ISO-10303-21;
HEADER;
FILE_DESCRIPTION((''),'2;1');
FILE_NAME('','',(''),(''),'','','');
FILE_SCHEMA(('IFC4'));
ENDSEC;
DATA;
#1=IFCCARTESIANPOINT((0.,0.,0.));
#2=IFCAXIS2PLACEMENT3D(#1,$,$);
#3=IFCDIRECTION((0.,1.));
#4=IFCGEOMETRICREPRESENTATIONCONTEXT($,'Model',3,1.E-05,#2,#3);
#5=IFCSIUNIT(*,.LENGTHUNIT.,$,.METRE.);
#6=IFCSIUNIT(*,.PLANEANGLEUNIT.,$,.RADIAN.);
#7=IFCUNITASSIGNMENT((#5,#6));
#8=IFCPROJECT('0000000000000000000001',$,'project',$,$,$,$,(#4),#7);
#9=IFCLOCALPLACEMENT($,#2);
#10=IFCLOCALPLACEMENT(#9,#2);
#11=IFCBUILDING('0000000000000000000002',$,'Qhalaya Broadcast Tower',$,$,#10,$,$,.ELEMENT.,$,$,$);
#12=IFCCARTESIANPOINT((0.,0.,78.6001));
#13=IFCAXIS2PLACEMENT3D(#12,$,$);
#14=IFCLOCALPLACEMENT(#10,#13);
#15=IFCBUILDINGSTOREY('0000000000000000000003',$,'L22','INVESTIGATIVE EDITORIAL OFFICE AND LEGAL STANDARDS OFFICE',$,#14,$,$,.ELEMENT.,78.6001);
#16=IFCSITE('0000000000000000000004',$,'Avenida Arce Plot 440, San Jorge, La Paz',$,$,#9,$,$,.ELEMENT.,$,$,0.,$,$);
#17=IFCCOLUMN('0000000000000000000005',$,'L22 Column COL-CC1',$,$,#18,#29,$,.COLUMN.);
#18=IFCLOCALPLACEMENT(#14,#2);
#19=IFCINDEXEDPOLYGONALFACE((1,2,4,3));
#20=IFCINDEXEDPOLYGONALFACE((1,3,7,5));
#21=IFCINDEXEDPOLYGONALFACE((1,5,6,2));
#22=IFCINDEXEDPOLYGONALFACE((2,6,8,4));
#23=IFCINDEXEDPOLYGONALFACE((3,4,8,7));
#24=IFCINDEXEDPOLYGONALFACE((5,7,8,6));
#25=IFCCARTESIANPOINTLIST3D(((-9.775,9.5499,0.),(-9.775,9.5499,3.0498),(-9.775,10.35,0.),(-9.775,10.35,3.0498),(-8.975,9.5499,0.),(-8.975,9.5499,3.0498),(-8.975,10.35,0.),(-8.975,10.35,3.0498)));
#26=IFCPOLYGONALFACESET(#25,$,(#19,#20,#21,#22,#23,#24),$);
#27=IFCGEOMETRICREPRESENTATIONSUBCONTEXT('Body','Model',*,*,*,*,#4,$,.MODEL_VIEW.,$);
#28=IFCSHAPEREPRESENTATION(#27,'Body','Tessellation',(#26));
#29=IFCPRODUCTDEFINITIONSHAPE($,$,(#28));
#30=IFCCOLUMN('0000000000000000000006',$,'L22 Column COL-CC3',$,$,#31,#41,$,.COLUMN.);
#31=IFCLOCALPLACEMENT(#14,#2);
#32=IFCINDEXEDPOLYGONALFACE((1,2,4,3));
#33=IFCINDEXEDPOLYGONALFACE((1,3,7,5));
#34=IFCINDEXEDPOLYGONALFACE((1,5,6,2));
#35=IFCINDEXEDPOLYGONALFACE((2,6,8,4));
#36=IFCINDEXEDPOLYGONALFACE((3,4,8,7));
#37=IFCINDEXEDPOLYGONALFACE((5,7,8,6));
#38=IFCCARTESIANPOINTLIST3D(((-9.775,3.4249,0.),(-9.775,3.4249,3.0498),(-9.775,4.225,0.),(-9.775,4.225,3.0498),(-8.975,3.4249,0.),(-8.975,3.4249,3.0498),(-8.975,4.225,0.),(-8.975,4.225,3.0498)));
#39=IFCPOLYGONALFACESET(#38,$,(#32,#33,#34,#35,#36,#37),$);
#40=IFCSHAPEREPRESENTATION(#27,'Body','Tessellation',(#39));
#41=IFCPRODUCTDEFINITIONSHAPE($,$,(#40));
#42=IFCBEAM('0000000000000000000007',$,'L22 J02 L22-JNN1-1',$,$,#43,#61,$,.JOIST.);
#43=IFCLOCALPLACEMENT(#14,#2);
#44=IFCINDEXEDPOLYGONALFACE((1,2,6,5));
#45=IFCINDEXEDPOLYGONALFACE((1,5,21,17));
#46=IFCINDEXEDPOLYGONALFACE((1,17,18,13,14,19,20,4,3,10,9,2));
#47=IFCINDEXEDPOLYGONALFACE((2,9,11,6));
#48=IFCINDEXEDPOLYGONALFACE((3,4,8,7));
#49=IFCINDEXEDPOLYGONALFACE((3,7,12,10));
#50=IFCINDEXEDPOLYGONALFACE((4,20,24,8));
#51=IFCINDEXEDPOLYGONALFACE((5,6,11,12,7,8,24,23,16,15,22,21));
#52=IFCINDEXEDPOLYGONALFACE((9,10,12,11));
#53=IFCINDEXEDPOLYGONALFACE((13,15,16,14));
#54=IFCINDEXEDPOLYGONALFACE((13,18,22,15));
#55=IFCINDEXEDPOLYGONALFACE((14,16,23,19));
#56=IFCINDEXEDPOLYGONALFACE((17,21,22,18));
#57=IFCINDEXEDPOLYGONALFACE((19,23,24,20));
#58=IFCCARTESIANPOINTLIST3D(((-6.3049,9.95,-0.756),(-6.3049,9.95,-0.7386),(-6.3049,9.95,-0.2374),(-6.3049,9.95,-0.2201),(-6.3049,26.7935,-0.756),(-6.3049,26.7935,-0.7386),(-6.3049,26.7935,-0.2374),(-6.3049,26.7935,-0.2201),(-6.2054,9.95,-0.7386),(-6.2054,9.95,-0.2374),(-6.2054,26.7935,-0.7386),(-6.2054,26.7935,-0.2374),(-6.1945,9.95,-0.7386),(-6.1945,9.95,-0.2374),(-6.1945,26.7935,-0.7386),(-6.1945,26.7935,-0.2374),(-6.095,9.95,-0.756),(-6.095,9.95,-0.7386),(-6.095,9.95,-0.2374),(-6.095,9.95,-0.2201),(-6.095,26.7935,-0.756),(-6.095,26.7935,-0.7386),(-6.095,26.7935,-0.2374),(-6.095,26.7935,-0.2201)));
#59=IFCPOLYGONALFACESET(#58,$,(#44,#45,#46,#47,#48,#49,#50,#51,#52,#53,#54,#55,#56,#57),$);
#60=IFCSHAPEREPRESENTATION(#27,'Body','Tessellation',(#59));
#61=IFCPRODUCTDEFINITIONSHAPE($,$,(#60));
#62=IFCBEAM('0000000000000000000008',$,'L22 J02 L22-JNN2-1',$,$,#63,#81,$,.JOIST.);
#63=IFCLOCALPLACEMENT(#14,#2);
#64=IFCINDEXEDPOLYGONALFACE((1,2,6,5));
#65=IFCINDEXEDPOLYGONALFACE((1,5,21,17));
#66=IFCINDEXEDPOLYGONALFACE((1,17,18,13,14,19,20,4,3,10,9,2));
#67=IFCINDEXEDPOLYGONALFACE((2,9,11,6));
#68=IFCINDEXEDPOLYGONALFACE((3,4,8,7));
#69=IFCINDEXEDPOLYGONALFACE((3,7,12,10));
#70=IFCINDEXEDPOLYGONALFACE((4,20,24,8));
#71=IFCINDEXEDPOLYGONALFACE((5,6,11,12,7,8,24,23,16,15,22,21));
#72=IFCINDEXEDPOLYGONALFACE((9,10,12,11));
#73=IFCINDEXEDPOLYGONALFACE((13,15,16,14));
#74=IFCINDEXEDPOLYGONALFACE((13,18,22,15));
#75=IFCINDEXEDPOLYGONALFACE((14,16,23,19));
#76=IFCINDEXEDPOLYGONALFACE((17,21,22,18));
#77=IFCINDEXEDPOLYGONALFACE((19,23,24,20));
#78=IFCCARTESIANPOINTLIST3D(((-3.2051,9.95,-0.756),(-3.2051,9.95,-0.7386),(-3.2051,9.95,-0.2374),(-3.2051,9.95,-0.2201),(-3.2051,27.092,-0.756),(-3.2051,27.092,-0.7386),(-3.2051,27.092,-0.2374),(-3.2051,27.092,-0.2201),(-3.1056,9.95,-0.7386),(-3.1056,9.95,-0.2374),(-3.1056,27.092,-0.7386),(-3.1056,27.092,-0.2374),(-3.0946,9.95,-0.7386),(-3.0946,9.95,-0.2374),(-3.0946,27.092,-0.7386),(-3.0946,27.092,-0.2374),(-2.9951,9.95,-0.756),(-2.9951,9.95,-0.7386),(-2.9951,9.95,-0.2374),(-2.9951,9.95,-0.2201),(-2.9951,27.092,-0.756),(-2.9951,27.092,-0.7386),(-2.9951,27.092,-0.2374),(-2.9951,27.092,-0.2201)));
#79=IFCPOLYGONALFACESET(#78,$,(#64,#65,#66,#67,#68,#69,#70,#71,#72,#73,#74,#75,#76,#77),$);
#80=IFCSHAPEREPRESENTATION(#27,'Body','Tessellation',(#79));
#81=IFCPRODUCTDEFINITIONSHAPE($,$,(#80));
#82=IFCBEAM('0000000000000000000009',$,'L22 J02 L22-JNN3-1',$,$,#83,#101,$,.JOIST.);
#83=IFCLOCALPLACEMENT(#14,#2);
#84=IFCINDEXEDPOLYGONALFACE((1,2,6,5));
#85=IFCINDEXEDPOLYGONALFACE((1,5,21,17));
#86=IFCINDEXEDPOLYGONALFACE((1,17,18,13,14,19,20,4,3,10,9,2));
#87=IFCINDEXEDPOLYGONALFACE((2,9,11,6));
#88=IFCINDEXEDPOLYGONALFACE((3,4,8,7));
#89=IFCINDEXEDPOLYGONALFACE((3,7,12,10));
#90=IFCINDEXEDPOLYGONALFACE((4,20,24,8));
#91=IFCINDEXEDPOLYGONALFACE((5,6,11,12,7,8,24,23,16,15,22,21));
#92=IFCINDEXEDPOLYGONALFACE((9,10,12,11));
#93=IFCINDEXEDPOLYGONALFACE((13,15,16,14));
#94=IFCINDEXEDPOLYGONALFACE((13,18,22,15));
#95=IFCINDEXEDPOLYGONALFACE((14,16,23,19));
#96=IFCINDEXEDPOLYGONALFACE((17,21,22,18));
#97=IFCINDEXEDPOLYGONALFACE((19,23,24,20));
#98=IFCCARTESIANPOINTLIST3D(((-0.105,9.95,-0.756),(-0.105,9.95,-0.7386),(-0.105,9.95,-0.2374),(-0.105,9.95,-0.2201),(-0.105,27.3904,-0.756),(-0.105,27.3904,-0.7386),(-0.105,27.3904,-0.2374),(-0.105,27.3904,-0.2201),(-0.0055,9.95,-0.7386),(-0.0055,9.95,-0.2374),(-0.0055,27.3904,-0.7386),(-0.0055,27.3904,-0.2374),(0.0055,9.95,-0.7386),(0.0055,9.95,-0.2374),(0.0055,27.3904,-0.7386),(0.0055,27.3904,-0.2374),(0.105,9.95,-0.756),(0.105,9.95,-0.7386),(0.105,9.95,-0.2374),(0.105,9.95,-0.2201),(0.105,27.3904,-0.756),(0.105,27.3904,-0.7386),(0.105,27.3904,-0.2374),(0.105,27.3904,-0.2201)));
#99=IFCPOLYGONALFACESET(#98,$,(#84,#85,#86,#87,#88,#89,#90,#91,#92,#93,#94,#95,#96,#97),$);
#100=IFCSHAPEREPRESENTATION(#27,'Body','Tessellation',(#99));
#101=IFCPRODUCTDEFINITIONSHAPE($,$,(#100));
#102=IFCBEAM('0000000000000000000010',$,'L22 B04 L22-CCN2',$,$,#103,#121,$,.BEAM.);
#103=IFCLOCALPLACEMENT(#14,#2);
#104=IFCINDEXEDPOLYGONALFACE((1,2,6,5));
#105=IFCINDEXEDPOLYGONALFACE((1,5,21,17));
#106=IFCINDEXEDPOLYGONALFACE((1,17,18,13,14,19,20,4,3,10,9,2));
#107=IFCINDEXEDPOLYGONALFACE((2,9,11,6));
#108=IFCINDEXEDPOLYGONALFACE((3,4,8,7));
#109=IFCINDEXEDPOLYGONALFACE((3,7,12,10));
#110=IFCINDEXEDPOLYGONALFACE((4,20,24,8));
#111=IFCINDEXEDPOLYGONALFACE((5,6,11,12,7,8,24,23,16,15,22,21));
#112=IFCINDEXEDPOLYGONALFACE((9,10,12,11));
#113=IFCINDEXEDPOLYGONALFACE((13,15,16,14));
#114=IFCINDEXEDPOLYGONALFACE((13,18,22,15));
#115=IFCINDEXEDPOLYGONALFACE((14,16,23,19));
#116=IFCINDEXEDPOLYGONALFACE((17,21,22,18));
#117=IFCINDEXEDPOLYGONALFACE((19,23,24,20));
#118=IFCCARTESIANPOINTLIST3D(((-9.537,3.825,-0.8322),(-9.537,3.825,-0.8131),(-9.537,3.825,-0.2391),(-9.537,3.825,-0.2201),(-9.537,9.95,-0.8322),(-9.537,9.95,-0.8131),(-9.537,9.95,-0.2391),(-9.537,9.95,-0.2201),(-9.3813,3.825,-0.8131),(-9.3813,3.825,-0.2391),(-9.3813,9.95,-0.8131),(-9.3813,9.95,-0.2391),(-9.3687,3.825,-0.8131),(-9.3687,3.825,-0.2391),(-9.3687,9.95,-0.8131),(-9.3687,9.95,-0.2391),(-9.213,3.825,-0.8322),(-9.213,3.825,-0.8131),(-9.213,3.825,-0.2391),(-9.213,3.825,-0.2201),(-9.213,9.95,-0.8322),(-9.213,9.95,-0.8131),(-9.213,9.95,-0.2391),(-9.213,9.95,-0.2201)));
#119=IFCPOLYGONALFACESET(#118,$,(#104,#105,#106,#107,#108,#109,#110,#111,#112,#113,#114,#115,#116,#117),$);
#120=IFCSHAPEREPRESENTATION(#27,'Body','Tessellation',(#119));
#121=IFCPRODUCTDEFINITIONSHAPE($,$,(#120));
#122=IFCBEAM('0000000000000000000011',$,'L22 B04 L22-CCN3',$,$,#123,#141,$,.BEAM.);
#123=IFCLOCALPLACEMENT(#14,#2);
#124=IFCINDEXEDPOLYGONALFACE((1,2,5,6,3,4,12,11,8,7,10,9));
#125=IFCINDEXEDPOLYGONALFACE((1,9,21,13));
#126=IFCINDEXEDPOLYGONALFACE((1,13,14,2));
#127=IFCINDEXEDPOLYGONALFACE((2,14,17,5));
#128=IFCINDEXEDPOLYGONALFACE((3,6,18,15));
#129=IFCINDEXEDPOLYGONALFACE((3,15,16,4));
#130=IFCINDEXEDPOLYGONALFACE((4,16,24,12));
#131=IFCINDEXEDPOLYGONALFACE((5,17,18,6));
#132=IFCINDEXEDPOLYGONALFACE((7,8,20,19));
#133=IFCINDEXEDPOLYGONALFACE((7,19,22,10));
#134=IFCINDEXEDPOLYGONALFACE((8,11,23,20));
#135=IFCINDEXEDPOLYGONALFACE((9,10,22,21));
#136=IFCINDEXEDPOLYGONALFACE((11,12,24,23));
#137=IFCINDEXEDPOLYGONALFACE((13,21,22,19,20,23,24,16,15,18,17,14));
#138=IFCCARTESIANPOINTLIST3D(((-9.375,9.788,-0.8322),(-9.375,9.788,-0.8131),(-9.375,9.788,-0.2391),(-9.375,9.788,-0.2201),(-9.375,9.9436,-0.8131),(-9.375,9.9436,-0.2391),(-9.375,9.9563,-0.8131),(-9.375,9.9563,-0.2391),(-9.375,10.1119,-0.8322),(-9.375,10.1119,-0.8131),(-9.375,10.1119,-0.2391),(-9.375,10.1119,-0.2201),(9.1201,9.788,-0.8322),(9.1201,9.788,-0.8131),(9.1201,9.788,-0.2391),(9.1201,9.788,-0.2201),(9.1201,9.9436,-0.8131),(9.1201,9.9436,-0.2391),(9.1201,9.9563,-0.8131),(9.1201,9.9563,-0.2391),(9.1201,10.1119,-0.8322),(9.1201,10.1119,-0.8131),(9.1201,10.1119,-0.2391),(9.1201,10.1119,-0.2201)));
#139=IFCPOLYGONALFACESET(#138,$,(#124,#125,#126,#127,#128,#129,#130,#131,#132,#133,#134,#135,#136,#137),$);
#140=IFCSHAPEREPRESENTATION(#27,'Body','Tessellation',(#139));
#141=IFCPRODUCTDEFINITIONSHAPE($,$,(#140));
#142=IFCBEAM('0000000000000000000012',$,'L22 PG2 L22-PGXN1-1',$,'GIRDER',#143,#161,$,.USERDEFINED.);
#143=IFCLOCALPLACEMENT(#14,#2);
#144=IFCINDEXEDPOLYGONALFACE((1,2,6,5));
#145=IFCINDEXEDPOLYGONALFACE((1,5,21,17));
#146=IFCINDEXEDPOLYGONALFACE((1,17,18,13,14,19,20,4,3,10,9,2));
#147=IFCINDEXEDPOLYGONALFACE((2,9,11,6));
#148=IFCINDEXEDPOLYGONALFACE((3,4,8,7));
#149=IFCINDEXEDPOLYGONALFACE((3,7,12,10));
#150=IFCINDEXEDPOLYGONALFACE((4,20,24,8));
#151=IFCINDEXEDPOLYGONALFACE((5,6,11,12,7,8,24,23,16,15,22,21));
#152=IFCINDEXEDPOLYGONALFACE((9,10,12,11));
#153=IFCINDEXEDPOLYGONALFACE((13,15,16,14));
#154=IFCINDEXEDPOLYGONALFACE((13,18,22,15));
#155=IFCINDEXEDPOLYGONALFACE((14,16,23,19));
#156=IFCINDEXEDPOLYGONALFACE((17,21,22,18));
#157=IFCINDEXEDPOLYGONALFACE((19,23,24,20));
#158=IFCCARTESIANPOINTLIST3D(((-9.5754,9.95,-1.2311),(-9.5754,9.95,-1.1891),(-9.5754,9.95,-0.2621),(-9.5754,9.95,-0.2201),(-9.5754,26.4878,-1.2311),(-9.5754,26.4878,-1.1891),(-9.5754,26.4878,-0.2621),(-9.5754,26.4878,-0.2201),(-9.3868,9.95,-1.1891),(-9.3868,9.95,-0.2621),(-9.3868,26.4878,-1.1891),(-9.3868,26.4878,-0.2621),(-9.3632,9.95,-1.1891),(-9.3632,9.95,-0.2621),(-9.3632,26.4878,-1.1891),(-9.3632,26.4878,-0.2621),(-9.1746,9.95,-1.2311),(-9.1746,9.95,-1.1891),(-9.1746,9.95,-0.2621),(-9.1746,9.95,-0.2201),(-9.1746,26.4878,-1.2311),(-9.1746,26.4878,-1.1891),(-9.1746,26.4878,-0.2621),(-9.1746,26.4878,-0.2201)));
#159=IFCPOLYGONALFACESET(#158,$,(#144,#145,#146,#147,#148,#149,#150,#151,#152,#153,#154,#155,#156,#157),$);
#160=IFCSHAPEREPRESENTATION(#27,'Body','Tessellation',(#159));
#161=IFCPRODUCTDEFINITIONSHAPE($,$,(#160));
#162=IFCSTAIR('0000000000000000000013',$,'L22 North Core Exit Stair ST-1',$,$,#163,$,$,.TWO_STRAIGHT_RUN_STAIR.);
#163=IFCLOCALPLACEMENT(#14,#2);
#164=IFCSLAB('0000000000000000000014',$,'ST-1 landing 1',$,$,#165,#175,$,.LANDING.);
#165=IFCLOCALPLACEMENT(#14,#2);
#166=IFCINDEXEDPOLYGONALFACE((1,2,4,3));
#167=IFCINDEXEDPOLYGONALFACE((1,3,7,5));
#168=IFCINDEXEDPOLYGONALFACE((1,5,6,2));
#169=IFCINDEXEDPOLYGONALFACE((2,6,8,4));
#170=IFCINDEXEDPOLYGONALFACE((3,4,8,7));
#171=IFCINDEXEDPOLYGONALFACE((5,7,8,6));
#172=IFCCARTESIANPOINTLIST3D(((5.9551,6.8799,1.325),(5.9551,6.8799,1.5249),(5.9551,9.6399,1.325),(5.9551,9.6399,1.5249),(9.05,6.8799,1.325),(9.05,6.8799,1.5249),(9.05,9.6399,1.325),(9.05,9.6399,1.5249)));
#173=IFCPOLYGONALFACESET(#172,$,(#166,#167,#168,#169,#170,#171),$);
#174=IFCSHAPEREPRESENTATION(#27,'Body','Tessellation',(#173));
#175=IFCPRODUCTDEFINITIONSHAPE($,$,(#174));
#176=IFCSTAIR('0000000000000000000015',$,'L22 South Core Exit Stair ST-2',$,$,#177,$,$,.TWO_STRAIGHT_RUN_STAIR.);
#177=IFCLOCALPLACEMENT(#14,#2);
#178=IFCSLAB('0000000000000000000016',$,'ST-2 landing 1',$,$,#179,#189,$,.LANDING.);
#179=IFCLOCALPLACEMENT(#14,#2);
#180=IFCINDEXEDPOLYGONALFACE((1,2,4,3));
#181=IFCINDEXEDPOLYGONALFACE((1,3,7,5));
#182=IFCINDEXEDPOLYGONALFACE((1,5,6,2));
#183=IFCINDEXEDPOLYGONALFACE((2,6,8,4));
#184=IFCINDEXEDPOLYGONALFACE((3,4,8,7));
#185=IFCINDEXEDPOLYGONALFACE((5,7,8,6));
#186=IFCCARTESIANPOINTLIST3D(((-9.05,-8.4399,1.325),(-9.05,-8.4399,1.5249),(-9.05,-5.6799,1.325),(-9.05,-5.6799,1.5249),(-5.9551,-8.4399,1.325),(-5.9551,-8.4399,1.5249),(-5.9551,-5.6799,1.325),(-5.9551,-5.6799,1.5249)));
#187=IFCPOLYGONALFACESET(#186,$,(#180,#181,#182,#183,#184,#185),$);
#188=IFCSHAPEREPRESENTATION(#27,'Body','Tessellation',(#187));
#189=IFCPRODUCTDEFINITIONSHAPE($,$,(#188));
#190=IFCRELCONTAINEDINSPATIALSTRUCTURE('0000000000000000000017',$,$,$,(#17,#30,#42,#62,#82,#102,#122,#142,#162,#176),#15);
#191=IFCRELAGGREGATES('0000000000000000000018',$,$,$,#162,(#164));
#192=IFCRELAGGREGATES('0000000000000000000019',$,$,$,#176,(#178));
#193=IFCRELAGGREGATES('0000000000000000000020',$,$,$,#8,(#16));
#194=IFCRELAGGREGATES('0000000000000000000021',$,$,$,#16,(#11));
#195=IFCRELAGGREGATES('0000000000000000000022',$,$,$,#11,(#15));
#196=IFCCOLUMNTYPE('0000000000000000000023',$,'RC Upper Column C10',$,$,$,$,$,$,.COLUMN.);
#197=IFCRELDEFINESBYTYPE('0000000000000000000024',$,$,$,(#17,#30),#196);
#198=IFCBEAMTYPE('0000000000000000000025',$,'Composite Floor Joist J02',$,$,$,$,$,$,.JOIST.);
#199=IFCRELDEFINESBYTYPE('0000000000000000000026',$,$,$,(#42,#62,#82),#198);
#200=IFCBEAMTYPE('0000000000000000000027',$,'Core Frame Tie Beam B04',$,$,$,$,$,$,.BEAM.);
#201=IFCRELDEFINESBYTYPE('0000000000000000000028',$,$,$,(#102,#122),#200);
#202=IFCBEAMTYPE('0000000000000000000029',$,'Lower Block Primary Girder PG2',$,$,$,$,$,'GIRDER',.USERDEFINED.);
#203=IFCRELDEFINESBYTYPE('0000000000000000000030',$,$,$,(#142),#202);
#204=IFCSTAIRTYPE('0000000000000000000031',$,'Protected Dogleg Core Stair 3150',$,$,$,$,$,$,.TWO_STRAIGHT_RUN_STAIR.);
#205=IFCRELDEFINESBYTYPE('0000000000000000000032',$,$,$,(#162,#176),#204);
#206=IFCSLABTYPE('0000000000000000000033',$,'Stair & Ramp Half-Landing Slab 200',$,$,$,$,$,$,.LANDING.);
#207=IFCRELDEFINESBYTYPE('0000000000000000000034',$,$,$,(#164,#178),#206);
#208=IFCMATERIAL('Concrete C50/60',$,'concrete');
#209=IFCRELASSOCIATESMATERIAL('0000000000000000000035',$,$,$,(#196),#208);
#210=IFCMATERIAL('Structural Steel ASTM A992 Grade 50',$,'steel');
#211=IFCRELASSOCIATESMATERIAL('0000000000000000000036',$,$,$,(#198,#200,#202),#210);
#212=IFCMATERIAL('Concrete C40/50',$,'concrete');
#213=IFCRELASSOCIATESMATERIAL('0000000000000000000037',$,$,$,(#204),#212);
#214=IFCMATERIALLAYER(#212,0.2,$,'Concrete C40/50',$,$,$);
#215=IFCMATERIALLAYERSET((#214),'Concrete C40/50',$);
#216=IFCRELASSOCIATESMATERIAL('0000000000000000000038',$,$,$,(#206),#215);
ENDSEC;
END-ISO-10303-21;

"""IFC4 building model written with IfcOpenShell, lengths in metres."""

from ifc_helpers import new_model, si_unit, direction, frame, origin, origin_2d, place, context, subcontext, project, spatial, polyline, rectangle, i_section, outline, extrude, material, layer, layer_set, material_profile, profile_set, type_object, element, aggregate, save


model = new_model("IFC4")

# Units and contexts
model_context = context("Model", 3, precision=1e-05, world=origin(), true_north=direction((0.0, 1.0)))
body_context = subcontext(model_context, "Body", "Model", "MODEL_VIEW")
ifc_project = project(units=[si_unit("LENGTHUNIT", "METRE"), si_unit("PLANEANGLEUNIT", "RADIAN")], contexts=[model_context])

# Site, building, storey
site_placement = place(None, origin())
site = spatial("IfcSite", under=ifc_project, at=site_placement, Name="Avenida Arce Plot 440, San Jorge, La Paz", CompositionType="ELEMENT", RefElevation=0.0)
building_placement = place(site_placement, origin())
building = spatial("IfcBuilding", under=site, at=building_placement, Name="Qhalaya Broadcast Tower", CompositionType="ELEMENT")
storey_placement = place(building_placement, frame((0.0, 0.0, 78.6001)))
storey = spatial("IfcBuildingStorey", under=building, at=storey_placement, Name="L22", Description="INVESTIGATIVE EDITORIAL OFFICE AND LEGAL STANDARDS OFFICE", CompositionType="ELEMENT", Elevation=78.6001)

# Columns
ifc_material_1 = material(Name="Concrete C50/60", Category="concrete")
ifc_material_profile_1 = material_profile(ifc_material_1, rectangle(XDim=0.8, YDim=0.8, at=origin_2d()), Name="RC-COL 800x800")
ifc_profile_set_1 = profile_set([ifc_material_profile_1], Name="Concrete C50/60")
column_type = type_object("IfcColumnType", Name="RC Upper Column C10", PredefinedType="COLUMN", material=ifc_profile_set_1)
for number, where, z_axis, x_axis, name in (
    (1, (-9.375, 9.95, 0.0), (0.0, 0.0, 1.0), (1.0, 0.0, 0.0), "L22 Column COL-CC1"),
    (2, (-9.375, 3.825, 0.0), (0.0, 0.0, 1.0), (1.0, 0.0, 0.0), "L22 Column COL-CC3"),
):
    element("IfcColumn", number, at=place(storey_placement, frame(where, z_axis=z_axis, x_axis=x_axis)), inside=storey, type_object=column_type, Name=name, PredefinedType="COLUMN", context=body_context, shape_type="SweptSolid", body=[
        extrude(rectangle(XDim=0.8, YDim=0.8, at=origin_2d()), origin(), (0.0, 0.0, 1.0), 3.0498),
    ])

# Beams
ifc_material_2 = material(Name="Structural Steel ASTM A992 Grade 50", Category="steel")
ifc_material_profile_2 = material_profile(ifc_material_2, i_section(OverallWidth=0.21, OverallDepth=0.5359, WebThickness=0.011, FlangeThickness=0.0173, at=origin_2d()), Name="W21X68")
ifc_profile_set_2 = profile_set([ifc_material_profile_2], Name="Structural Steel ASTM A992 Grade 50")
beam_type_1 = type_object("IfcBeamType", Name="Composite Floor Joist J02", PredefinedType="JOIST", material=ifc_profile_set_2)
beam_1_placement = place(storey_placement, frame((-6.2, 9.95, -0.488), z_axis=(0.0, 1.0, 0.0), x_axis=(-1.0, 0.0, 0.0)))
element("IfcBeam", 3, at=beam_1_placement, inside=storey, type_object=beam_type_1, Name="L22 J02 L22-JNN1-1", PredefinedType="JOIST", context=body_context, shape_type="SweptSolid", body=[
    extrude(i_section(OverallWidth=0.21, OverallDepth=0.5359, WebThickness=0.011, FlangeThickness=0.0173, at=origin_2d()), origin(), (0.0, 0.0, 1.0), 16.8435),
])
beam_2_placement = place(storey_placement, frame((-3.1001, 9.95, -0.488), z_axis=(0.0, 1.0, 0.0), x_axis=(-1.0, 0.0, 0.0)))
element("IfcBeam", 4, at=beam_2_placement, inside=storey, type_object=beam_type_1, Name="L22 J02 L22-JNN2-1", PredefinedType="JOIST", context=body_context, shape_type="SweptSolid", body=[
    extrude(i_section(OverallWidth=0.21, OverallDepth=0.5359, WebThickness=0.011, FlangeThickness=0.0173, at=origin_2d()), origin(), (0.0, 0.0, 1.0), 17.1421),
])
beam_3_placement = place(storey_placement, frame((0.0, 9.95, -0.488), z_axis=(0.0, 1.0, 0.0), x_axis=(-1.0, 0.0, 0.0)))
element("IfcBeam", 5, at=beam_3_placement, inside=storey, type_object=beam_type_1, Name="L22 J02 L22-JNN3-1", PredefinedType="JOIST", context=body_context, shape_type="SweptSolid", body=[
    extrude(i_section(OverallWidth=0.21, OverallDepth=0.5359, WebThickness=0.011, FlangeThickness=0.0173, at=origin_2d()), origin(), (0.0, 0.0, 1.0), 17.4404),
])
ifc_material_profile_3 = material_profile(ifc_material_2, i_section(OverallWidth=0.324, OverallDepth=0.6121, WebThickness=0.0127, FlangeThickness=0.019, at=origin_2d()), Name="W24X104")
ifc_profile_set_3 = profile_set([ifc_material_profile_3], Name="Structural Steel ASTM A992 Grade 50")
beam_type_2 = type_object("IfcBeamType", Name="Core Frame Tie Beam B04", PredefinedType="BEAM", material=ifc_profile_set_3)
beam_4_placement = place(storey_placement, frame((-9.375, 3.825, -0.5261), z_axis=(0.0, 1.0, 0.0), x_axis=(-1.0, 0.0, 0.0)))
element("IfcBeam", 6, at=beam_4_placement, inside=storey, type_object=beam_type_2, Name="L22 B04 L22-CCN2", PredefinedType="BEAM", context=body_context, shape_type="SweptSolid", body=[
    extrude(i_section(OverallWidth=0.324, OverallDepth=0.6121, WebThickness=0.0127, FlangeThickness=0.019, at=origin_2d()), origin(), (0.0, 0.0, 1.0), 6.125),
])
beam_5_placement = place(storey_placement, frame((-9.375, 9.95, -0.5261), z_axis=(1.0, 0.0, 0.0), x_axis=(0.0, 1.0, 0.0)))
element("IfcBeam", 7, at=beam_5_placement, inside=storey, type_object=beam_type_2, Name="L22 B04 L22-CCN3", PredefinedType="BEAM", context=body_context, shape_type="SweptSolid", body=[
    extrude(i_section(OverallWidth=0.324, OverallDepth=0.6121, WebThickness=0.0127, FlangeThickness=0.019, at=origin_2d()), origin(), (0.0, 0.0, 1.0), 18.4951),
])
ifc_material_profile_4 = material_profile(ifc_material_2, i_section(OverallWidth=0.4009, OverallDepth=1.011, WebThickness=0.0237, FlangeThickness=0.042, at=origin_2d()), Name="W40X297")
ifc_profile_set_4 = profile_set([ifc_material_profile_4], Name="Structural Steel ASTM A992 Grade 50")
beam_type_3 = type_object("IfcBeamType", Name="Lower Block Primary Girder PG2", ElementType="GIRDER", PredefinedType="USERDEFINED", material=ifc_profile_set_4)
beam_6_placement = place(storey_placement, frame((-9.375, 9.95, -0.7256), z_axis=(0.0, 1.0, 0.0), x_axis=(-1.0, 0.0, 0.0)))
element("IfcBeam", 8, at=beam_6_placement, inside=storey, type_object=beam_type_3, Name="L22 PG2 L22-PGXN1-1", ObjectType="GIRDER", PredefinedType="USERDEFINED", context=body_context, shape_type="SweptSolid", body=[
    extrude(i_section(OverallWidth=0.4009, OverallDepth=1.011, WebThickness=0.0237, FlangeThickness=0.042, at=origin_2d()), origin(), (0.0, 0.0, 1.0), 16.5378),
])

# Stairs, slabs
ifc_material_3 = material(Name="Concrete C40/50", Category="concrete")
stair_type = type_object("IfcStairType", Name="Protected Dogleg Core Stair 3150", PredefinedType="TWO_STRAIGHT_RUN_STAIR", material=ifc_material_3)
stair_1_placement = place(storey_placement, origin())
stair_1 = element("IfcStair", 9, at=stair_1_placement, inside=storey, type_object=stair_type, Name="L22 North Core Exit Stair ST-1", PredefinedType="TWO_STRAIGHT_RUN_STAIR")
ifc_layer_1 = layer(ifc_material_3, 0.2, Name="Concrete C40/50")
ifc_layer_set_1 = layer_set([ifc_layer_1], Name="Concrete C40/50")
slab_type_1 = type_object("IfcSlabType", Name="Stair & Ramp Half-Landing Slab 200", PredefinedType="LANDING", material=ifc_layer_set_1)
slab_1_placement = place(storey_placement, frame((0.0, 0.0, 1.325)))
slab_1 = element("IfcSlab", 10, at=slab_1_placement, type_object=slab_type_1, Name="ST-1 landing 1", PredefinedType="LANDING", context=body_context, shape_type="SweptSolid", body=[
    extrude(outline(polyline([(5.9551, 6.8799), (9.05, 6.8799), (9.05, 9.6399), (5.9551, 9.6399), (5.9551, 6.8799)])), origin(), (0.0, 0.0, 1.0), 0.2),
])
aggregate(stair_1, [slab_1])
stair_2_placement = place(storey_placement, origin())
stair_2 = element("IfcStair", 11, at=stair_2_placement, inside=storey, type_object=stair_type, Name="L22 South Core Exit Stair ST-2", PredefinedType="TWO_STRAIGHT_RUN_STAIR")
slab_2_placement = place(storey_placement, frame((0.0, 0.0, 1.325)))
slab_2 = element("IfcSlab", 12, at=slab_2_placement, type_object=slab_type_1, Name="ST-2 landing 1", PredefinedType="LANDING", context=body_context, shape_type="SweptSolid", body=[
    extrude(outline(polyline([(-5.9551, -5.6799), (-9.05, -5.6799), (-9.05, -8.4399), (-5.9551, -8.4399), (-5.9551, -5.6799)])), origin(), (0.0, 0.0, 1.0), 0.2),
])
aggregate(stair_2, [slab_2])

save(model, "model.ifc")
